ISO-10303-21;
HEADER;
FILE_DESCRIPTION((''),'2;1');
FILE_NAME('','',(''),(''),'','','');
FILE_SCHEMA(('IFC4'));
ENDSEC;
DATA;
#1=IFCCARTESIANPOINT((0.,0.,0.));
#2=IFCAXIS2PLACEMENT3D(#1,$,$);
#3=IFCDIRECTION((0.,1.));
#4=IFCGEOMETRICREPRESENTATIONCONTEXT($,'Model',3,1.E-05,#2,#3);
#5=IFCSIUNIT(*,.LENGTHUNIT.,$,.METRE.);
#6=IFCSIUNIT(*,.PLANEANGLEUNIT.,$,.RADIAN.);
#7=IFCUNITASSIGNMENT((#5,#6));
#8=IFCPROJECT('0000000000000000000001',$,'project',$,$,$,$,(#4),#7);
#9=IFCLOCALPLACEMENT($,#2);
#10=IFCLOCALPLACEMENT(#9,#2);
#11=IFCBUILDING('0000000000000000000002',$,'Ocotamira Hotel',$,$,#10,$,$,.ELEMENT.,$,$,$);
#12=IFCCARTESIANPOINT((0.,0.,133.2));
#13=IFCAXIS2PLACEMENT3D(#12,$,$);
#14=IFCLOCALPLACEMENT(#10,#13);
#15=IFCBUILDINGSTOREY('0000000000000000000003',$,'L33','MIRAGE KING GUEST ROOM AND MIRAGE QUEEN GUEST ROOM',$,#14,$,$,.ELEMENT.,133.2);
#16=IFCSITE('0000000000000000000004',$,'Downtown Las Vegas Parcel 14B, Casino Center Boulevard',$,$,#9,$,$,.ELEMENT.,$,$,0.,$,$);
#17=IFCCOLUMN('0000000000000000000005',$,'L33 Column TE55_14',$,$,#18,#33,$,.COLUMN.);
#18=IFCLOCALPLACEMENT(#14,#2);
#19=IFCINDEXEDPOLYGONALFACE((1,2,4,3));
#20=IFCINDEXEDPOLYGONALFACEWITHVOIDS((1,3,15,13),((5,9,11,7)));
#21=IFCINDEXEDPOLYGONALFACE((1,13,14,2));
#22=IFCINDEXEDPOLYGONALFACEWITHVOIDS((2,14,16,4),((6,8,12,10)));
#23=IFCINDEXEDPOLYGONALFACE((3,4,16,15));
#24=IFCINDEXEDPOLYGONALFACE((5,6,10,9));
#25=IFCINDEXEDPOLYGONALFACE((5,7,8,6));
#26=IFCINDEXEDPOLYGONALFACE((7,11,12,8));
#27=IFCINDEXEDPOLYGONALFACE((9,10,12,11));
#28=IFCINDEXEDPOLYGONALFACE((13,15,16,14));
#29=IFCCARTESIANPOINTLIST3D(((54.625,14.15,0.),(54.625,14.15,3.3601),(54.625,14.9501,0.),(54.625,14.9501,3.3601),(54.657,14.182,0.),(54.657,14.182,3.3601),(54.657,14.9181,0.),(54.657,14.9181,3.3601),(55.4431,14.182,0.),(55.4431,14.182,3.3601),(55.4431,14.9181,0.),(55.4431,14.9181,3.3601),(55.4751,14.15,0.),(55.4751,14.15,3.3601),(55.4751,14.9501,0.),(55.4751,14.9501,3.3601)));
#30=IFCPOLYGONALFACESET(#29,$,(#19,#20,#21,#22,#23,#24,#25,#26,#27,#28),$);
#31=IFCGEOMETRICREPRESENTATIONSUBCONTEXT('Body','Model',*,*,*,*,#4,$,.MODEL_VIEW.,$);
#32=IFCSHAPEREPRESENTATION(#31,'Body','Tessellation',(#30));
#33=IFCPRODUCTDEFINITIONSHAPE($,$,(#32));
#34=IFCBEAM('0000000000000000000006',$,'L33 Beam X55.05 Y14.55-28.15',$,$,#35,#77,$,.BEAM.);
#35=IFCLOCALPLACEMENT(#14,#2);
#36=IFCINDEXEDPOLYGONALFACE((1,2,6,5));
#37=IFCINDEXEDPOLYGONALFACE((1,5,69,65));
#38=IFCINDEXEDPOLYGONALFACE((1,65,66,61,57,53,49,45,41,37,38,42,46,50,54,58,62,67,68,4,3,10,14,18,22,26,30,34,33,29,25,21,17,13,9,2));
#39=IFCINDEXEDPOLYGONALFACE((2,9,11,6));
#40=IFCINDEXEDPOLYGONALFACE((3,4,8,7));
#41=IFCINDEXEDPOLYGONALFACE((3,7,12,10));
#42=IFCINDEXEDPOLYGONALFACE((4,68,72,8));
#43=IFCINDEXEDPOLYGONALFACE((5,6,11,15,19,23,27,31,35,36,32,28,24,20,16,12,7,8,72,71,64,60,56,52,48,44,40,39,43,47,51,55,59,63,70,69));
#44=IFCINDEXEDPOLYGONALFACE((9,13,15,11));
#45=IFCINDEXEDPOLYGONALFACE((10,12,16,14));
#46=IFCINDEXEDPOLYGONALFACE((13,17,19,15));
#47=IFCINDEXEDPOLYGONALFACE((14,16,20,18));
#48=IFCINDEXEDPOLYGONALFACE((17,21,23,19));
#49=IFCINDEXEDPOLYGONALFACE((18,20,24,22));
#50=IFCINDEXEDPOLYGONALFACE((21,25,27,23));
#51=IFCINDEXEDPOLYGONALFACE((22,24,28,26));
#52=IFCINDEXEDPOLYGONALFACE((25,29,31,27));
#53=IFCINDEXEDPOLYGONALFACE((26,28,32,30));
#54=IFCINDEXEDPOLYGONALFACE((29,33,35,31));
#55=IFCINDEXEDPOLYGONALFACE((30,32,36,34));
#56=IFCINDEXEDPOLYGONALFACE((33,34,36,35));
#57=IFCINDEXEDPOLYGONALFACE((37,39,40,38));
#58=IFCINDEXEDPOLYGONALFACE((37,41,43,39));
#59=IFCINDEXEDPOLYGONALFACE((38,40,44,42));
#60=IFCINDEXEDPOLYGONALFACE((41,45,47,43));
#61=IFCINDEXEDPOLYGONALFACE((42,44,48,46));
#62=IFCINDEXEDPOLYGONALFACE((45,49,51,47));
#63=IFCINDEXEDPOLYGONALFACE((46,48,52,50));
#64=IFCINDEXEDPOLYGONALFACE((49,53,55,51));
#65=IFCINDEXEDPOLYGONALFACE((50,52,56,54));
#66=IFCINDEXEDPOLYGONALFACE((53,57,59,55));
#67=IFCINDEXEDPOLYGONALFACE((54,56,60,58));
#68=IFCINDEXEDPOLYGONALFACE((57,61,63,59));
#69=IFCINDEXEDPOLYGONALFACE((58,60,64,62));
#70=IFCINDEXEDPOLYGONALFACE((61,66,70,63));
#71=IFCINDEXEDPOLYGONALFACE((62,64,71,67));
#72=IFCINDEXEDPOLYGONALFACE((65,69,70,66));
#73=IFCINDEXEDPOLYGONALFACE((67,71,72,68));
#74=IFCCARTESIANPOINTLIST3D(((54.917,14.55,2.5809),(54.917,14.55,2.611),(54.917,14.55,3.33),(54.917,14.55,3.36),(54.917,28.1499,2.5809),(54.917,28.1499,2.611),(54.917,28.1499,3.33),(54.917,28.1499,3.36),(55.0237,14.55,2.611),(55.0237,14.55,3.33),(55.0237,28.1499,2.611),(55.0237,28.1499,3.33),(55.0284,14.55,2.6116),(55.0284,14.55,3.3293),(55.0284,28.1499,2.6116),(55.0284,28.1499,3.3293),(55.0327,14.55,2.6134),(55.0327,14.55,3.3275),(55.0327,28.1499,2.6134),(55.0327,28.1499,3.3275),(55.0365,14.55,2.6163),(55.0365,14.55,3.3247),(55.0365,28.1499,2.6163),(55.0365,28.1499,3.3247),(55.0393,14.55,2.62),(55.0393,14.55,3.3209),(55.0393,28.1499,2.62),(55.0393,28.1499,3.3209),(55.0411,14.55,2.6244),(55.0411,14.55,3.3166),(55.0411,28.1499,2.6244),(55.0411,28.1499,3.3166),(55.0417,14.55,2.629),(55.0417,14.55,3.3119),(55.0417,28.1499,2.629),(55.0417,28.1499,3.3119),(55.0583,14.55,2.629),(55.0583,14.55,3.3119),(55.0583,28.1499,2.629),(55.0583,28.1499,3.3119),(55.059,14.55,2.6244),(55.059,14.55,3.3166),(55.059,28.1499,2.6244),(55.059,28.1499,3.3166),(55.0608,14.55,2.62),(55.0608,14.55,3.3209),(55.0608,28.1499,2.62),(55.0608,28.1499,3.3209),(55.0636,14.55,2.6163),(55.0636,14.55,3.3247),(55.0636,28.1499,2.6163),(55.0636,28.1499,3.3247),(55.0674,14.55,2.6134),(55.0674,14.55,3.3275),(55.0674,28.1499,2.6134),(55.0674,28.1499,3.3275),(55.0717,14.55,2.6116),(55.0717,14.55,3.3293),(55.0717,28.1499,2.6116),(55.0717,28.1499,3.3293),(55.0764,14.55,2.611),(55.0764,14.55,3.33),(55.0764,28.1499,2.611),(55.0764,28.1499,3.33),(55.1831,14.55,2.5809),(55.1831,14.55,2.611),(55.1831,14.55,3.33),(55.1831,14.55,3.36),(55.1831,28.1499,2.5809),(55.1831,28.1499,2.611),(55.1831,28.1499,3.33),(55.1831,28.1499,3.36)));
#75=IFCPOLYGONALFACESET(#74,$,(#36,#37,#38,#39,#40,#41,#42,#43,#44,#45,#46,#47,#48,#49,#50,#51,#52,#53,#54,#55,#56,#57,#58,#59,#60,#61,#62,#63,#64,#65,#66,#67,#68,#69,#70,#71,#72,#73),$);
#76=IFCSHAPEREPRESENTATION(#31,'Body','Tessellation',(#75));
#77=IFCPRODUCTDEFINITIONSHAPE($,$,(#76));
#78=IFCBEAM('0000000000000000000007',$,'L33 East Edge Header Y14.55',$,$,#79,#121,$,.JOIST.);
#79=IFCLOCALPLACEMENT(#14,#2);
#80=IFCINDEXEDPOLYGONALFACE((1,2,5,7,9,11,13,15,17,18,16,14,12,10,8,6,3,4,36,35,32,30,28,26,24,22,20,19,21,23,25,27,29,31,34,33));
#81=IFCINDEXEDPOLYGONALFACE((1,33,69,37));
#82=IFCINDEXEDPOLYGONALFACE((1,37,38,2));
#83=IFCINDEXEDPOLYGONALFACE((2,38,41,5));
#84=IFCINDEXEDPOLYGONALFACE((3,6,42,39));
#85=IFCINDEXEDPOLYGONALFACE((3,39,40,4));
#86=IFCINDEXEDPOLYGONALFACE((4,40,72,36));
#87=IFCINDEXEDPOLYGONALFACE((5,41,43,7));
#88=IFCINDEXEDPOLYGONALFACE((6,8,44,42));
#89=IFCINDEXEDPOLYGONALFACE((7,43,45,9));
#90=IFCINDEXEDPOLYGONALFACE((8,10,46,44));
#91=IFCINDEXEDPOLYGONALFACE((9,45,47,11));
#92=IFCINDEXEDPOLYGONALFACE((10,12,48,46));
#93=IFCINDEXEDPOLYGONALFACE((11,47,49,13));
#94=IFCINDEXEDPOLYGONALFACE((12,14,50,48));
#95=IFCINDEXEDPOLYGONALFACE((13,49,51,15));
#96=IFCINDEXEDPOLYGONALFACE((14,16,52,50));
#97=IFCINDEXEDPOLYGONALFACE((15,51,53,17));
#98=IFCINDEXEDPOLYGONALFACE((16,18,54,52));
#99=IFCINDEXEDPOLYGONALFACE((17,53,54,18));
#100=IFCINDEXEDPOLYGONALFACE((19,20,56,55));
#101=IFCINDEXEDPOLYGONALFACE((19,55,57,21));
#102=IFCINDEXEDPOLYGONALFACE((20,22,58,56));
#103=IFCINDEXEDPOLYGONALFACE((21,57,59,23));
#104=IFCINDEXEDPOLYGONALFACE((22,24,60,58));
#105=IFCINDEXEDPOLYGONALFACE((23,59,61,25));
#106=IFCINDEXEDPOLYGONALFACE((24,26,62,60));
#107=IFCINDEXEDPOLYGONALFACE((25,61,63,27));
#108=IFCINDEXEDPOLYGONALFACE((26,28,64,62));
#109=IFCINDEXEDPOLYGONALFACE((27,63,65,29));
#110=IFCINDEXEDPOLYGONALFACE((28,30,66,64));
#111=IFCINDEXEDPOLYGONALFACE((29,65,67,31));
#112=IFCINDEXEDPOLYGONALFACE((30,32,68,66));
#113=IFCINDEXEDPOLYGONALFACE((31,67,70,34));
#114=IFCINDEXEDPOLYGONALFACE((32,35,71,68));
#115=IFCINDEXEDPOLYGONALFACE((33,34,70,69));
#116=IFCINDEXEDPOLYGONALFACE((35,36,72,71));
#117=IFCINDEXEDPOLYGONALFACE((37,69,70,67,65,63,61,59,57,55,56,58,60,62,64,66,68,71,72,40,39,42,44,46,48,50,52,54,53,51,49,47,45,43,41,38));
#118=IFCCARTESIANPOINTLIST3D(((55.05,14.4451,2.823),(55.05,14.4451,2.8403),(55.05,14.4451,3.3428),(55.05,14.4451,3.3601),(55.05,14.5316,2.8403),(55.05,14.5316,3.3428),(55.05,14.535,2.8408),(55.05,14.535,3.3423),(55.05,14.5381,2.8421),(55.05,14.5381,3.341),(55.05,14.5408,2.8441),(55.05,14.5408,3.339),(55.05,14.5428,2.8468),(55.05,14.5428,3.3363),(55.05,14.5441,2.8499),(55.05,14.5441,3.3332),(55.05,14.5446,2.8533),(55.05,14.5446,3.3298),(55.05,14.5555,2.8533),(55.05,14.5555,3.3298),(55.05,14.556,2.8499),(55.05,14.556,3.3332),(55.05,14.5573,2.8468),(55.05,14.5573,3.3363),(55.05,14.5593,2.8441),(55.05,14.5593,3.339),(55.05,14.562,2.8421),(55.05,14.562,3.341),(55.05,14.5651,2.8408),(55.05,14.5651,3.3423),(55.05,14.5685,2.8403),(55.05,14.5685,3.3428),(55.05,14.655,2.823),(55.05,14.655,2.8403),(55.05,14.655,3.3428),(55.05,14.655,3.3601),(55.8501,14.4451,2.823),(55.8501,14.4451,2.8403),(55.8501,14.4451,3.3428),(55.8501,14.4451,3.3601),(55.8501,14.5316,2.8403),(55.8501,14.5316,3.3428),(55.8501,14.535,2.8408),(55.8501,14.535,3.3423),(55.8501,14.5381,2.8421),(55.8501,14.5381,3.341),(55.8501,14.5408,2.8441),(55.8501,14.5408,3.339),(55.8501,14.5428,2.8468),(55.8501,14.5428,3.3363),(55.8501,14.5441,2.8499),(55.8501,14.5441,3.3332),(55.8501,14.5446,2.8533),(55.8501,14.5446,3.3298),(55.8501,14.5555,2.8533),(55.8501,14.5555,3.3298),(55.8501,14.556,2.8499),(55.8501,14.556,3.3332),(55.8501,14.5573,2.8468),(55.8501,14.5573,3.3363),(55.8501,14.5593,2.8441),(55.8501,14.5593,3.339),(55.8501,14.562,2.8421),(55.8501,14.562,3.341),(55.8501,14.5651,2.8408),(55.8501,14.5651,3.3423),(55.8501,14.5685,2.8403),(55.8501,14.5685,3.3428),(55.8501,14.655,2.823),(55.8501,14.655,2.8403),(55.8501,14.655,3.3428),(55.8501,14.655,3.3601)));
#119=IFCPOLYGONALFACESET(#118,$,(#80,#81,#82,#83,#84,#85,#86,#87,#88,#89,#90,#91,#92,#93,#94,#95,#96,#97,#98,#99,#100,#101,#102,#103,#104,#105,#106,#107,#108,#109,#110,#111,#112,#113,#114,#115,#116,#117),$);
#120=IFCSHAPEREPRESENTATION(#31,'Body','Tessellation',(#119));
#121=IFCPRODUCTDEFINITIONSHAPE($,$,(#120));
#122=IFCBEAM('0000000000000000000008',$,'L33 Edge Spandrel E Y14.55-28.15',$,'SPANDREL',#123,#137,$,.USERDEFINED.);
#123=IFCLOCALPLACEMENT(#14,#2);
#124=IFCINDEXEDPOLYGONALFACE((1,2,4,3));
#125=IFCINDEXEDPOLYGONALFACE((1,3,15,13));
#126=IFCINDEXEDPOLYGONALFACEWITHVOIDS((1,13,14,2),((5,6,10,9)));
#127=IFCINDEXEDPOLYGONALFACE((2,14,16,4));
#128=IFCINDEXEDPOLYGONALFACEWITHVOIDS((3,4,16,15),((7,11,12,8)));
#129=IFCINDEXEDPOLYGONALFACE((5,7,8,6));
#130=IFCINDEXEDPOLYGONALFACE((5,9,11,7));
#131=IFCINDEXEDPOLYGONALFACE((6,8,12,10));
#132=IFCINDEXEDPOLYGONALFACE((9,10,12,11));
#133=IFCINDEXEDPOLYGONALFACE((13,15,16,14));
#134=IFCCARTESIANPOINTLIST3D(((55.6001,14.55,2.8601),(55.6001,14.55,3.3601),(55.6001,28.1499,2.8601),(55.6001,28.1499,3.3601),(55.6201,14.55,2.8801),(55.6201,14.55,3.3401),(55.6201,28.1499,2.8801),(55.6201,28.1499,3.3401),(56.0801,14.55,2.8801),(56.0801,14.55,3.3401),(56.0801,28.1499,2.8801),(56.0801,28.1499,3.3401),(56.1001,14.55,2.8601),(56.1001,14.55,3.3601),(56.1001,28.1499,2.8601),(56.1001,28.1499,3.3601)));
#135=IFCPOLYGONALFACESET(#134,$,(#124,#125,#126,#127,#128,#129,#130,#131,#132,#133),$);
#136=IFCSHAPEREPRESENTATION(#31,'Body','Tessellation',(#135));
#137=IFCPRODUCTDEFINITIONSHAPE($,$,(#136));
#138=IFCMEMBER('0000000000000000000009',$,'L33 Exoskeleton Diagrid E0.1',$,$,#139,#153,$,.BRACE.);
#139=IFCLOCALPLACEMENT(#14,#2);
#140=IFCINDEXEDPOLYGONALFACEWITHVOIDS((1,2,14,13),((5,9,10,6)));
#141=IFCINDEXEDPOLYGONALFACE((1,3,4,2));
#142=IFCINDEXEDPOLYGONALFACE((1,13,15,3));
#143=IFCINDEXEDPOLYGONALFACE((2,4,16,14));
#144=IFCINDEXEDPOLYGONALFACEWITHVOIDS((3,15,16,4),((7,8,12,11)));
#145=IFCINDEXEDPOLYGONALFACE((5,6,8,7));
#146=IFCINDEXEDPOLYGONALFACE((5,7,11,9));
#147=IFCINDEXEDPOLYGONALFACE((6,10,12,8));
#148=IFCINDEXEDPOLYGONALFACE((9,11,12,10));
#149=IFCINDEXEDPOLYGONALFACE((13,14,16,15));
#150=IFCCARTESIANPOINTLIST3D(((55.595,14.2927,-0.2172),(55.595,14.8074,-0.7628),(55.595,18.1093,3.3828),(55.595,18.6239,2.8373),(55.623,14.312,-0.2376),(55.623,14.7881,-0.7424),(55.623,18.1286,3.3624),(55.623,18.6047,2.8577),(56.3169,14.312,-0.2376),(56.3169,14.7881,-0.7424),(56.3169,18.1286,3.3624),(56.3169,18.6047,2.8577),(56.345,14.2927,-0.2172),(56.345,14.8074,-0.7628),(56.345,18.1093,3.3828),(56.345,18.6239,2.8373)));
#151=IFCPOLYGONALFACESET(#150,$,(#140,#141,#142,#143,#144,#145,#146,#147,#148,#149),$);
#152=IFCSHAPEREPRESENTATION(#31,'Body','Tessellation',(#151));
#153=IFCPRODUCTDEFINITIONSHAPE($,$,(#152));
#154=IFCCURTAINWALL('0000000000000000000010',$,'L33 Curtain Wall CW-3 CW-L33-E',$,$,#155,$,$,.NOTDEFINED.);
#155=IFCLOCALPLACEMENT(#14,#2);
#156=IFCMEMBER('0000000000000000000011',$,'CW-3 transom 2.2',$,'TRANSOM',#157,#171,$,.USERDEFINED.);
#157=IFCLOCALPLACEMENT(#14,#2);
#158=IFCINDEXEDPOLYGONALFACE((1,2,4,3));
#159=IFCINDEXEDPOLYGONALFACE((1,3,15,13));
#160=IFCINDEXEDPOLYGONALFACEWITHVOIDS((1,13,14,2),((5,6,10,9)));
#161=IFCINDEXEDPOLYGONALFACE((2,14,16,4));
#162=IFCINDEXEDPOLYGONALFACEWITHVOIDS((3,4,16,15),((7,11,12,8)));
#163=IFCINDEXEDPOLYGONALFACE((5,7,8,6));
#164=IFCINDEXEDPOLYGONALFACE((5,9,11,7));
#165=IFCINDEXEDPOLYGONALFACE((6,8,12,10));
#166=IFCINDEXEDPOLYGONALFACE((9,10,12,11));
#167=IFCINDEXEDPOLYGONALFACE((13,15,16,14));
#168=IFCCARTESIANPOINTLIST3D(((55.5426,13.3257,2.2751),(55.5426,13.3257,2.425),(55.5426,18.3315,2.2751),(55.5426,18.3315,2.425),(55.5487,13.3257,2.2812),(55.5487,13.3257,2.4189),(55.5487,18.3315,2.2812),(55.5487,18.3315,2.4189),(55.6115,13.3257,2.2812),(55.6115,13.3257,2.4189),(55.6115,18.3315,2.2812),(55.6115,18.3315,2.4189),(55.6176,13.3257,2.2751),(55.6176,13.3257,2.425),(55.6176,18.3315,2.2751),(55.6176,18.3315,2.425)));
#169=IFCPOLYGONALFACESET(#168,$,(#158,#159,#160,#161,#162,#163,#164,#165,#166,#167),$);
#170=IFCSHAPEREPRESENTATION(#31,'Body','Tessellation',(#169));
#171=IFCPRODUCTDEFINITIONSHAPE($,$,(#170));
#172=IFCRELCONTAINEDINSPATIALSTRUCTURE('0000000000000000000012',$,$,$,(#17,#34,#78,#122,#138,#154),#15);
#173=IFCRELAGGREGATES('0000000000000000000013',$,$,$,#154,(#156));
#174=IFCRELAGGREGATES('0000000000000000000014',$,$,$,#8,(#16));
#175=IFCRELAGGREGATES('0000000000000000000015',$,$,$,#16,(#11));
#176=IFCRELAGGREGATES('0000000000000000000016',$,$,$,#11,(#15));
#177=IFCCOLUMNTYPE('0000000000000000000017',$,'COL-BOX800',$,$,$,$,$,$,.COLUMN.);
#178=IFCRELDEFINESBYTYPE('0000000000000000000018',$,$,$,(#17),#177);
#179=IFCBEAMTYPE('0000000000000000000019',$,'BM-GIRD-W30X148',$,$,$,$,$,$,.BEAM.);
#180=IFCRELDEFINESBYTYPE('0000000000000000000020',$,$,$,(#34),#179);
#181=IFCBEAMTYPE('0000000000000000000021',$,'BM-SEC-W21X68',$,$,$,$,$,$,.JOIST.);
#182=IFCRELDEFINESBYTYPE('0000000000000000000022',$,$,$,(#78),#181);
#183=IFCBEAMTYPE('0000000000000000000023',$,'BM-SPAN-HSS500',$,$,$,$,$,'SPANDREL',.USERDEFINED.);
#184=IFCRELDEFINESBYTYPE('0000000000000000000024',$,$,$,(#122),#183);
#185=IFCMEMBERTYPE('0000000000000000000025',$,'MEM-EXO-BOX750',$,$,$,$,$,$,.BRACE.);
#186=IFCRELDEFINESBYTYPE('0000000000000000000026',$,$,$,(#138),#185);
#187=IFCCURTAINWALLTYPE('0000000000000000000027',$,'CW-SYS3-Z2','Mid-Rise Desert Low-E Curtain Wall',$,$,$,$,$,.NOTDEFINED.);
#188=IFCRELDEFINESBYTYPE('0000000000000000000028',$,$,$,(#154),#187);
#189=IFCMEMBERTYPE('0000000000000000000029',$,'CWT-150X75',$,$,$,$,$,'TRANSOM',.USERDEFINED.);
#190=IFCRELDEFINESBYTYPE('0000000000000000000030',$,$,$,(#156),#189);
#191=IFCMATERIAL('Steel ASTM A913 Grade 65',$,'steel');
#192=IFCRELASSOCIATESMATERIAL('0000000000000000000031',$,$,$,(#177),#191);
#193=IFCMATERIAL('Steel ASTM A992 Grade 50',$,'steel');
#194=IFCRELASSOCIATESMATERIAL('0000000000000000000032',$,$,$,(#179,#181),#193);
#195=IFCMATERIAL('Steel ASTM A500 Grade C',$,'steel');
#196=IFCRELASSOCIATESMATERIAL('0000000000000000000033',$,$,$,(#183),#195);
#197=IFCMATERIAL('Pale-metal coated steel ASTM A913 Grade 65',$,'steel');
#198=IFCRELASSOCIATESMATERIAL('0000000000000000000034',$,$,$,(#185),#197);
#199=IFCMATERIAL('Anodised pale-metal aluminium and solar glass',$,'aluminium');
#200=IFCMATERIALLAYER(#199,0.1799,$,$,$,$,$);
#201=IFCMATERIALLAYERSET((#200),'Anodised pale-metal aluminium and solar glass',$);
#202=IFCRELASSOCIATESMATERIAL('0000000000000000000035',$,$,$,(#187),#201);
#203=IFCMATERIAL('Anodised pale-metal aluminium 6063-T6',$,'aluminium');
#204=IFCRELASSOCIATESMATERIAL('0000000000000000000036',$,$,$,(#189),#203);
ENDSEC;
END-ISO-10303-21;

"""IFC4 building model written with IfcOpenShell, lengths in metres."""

from ifc_helpers import new_model, si_unit, direction, frame, origin, origin_2d, place, context, subcontext, project, spatial, hollow_rectangle, i_section, extrude, source, transform, mapped, material, layer, layer_set, material_profile, profile_set, type_object, element, aggregate, save


model = new_model("IFC4")

# Units and contexts
model_context = context("Model", 3, precision=1e-05, world=origin(), true_north=direction((0.0, 1.0)))
body_context = subcontext(model_context, "Body", "Model", "MODEL_VIEW")
ifc_project = project(units=[si_unit("LENGTHUNIT", "METRE"), si_unit("PLANEANGLEUNIT", "RADIAN")], contexts=[model_context])

# Site, building, storey
site_placement = place(None, origin())
site = spatial("IfcSite", under=ifc_project, at=site_placement, Name="Downtown Las Vegas Parcel 14B, Casino Center Boulevard", CompositionType="ELEMENT", RefElevation=0.0)
building_placement = place(site_placement, origin())
building = spatial("IfcBuilding", under=site, at=building_placement, Name="Ocotamira Hotel", CompositionType="ELEMENT")
storey_placement = place(building_placement, frame((0.0, 0.0, 133.2)))
storey = spatial("IfcBuildingStorey", under=building, at=storey_placement, Name="L33", Description="MIRAGE KING GUEST ROOM AND MIRAGE QUEEN GUEST ROOM", CompositionType="ELEMENT", Elevation=133.2)

# Column
ifc_material_1 = material(Name="Steel ASTM A913 Grade 65", Category="steel")
ifc_material_profile_1 = material_profile(ifc_material_1, hollow_rectangle(XDim=0.8501, YDim=0.8, WallThickness=0.032, at=origin_2d()), Name="BOX800X850X32")
ifc_profile_set_1 = profile_set([ifc_material_profile_1], Name="Steel ASTM A913 Grade 65")
column_type = type_object("IfcColumnType", Name="COL-BOX800", PredefinedType="COLUMN", material=ifc_profile_set_1)
shared_shape_1 = source(origin(), body_context, "Body", "SweptSolid", [
    extrude(hollow_rectangle(XDim=0.8501, YDim=0.8, WallThickness=0.032, at=origin_2d()), origin(), (0.0, 0.0, 1.0), 3.3601),
])
column_placement = place(storey_placement, frame((55.05, 14.55, 0.0), z_axis=(0.0, 0.0, 1.0), x_axis=(1.0, 0.0, 0.0)))
element("IfcColumn", 1, at=column_placement, inside=storey, type_object=column_type, Name="L33 Column TE55_14", PredefinedType="COLUMN", context=body_context, shape_type="MappedRepresentation", body=[
    mapped(shared_shape_1, transform((0.0, 0.0, 0.0), scale=1.0)),
])

# Beams
ifc_material_2 = material(Name="Steel ASTM A992 Grade 50", Category="steel")
ifc_material_profile_2 = material_profile(ifc_material_2, i_section(OverallWidth=0.2661, OverallDepth=0.7791, WebThickness=0.0166, FlangeThickness=0.03, FilletRadius=0.0181, at=origin_2d()), Name="W30X148")
ifc_profile_set_2 = profile_set([ifc_material_profile_2], Name="Steel ASTM A992 Grade 50")
beam_type_1 = type_object("IfcBeamType", Name="BM-GIRD-W30X148", PredefinedType="BEAM", material=ifc_profile_set_2)
shared_shape_2 = source(origin(), body_context, "Body", "SweptSolid", [
    extrude(i_section(OverallWidth=0.2661, OverallDepth=0.7791, WebThickness=0.0166, FlangeThickness=0.03, FilletRadius=0.0181, at=origin_2d()), origin(), (0.0, 0.0, 1.0), 13.5999),
])
beam_1_placement = place(storey_placement, frame((55.05, 14.55, 2.9705), z_axis=(0.0, 1.0, 0.0), x_axis=(-1.0, 0.0, 0.0)))
element("IfcBeam", 2, at=beam_1_placement, inside=storey, type_object=beam_type_1, Name="L33 Beam X55.05 Y14.55-28.15", PredefinedType="BEAM", context=body_context, shape_type="MappedRepresentation", body=[
    mapped(shared_shape_2, transform((0.0, 0.0, 0.0), scale=1.0)),
])
ifc_material_profile_3 = material_profile(ifc_material_2, i_section(OverallWidth=0.21, OverallDepth=0.5371, WebThickness=0.011, FlangeThickness=0.0173, FilletRadius=0.0129, at=origin_2d()), Name="W21X68")
ifc_profile_set_3 = profile_set([ifc_material_profile_3], Name="Steel ASTM A992 Grade 50")
beam_type_2 = type_object("IfcBeamType", Name="BM-SEC-W21X68", PredefinedType="JOIST", material=ifc_profile_set_3)
shared_shape_3 = source(origin(), body_context, "Body", "SweptSolid", [
    extrude(i_section(OverallWidth=0.21, OverallDepth=0.5371, WebThickness=0.011, FlangeThickness=0.0173, FilletRadius=0.0129, at=origin_2d()), origin(), (0.0, 0.0, 1.0), 0.8),
])
beam_2_placement = place(storey_placement, frame((55.05, 14.55, 3.0916), z_axis=(1.0, 0.0, 0.0), x_axis=(0.0, 1.0, 0.0)))
element("IfcBeam", 3, at=beam_2_placement, inside=storey, type_object=beam_type_2, Name="L33 East Edge Header Y14.55", PredefinedType="JOIST", context=body_context, shape_type="MappedRepresentation", body=[
    mapped(shared_shape_3, transform((0.0, 0.0, 0.0), scale=1.0)),
])
ifc_material_3 = material(Name="Steel ASTM A500 Grade C", Category="steel")
ifc_material_profile_4 = material_profile(ifc_material_3, hollow_rectangle(XDim=0.5, YDim=0.5, WallThickness=0.02, at=origin_2d()), Name="HSS500X500X20")
ifc_profile_set_4 = profile_set([ifc_material_profile_4], Name="Steel ASTM A500 Grade C")
beam_type_3 = type_object("IfcBeamType", Name="BM-SPAN-HSS500", ElementType="SPANDREL", PredefinedType="USERDEFINED", material=ifc_profile_set_4)
shared_shape_4 = source(origin(), body_context, "Body", "SweptSolid", [
    extrude(hollow_rectangle(XDim=0.5, YDim=0.5, WallThickness=0.02, at=origin_2d()), origin(), (0.0, 0.0, 1.0), 13.5999),
])
beam_3_placement = place(storey_placement, frame((55.8501, 14.55, 3.1101), z_axis=(0.0, 1.0, 0.0), x_axis=(-1.0, 0.0, 0.0)))
element("IfcBeam", 4, at=beam_3_placement, inside=storey, type_object=beam_type_3, Name="L33 Edge Spandrel E Y14.55-28.15", ObjectType="SPANDREL", PredefinedType="USERDEFINED", context=body_context, shape_type="MappedRepresentation", body=[
    mapped(shared_shape_4, transform((0.0, 0.0, 0.0), scale=1.0)),
])

# Member
ifc_material_4 = material(Name="Pale-metal coated steel ASTM A913 Grade 65", Category="steel")
ifc_material_profile_5 = material_profile(ifc_material_4, hollow_rectangle(XDim=0.75, YDim=0.75, WallThickness=0.0281, at=origin_2d()), Name="BOX750X750X28")
ifc_profile_set_5 = profile_set([ifc_material_profile_5], Name="Pale-metal coated steel ASTM A913 Grade 65")
member_type_1 = type_object("IfcMemberType", Name="MEM-EXO-BOX750", PredefinedType="BRACE", material=ifc_profile_set_5)
shared_shape_5 = source(origin(), body_context, "Body", "SweptSolid", [
    extrude(hollow_rectangle(XDim=0.75, YDim=0.75, WallThickness=0.0281, at=origin_2d()), origin(), (0.0, 0.0, 1.0), 5.2466),
])
member_1_placement = place(storey_placement, frame((55.97, 14.55, -0.49), z_axis=(0.0, 0.727443, 0.686168), x_axis=(-1.0, 0.0, 0.0)))
element("IfcMember", 5, at=member_1_placement, inside=storey, type_object=member_type_1, Name="L33 Exoskeleton Diagrid E0.1", PredefinedType="BRACE", context=body_context, shape_type="MappedRepresentation", body=[
    mapped(shared_shape_5, transform((0.0, 0.0, 0.0), scale=1.0)),
])

# Curtain wall, member
ifc_material_5 = material(Name="Anodised pale-metal aluminium and solar glass", Category="aluminium")
ifc_layer_1 = layer(ifc_material_5, 0.1799)
ifc_layer_set_1 = layer_set([ifc_layer_1], Name="Anodised pale-metal aluminium and solar glass")
curtain_wall_type = type_object("IfcCurtainWallType", Name="CW-SYS3-Z2", Description="Mid-Rise Desert Low-E Curtain Wall", PredefinedType="NOTDEFINED", material=ifc_layer_set_1)
curtain_wall_placement = place(storey_placement, origin())
curtain_wall = element("IfcCurtainWall", 6, at=curtain_wall_placement, inside=storey, type_object=curtain_wall_type, Name="L33 Curtain Wall CW-3 CW-L33-E", PredefinedType="NOTDEFINED")
ifc_material_6 = material(Name="Anodised pale-metal aluminium 6063-T6", Category="aluminium")
ifc_material_profile_6 = material_profile(ifc_material_6, hollow_rectangle(XDim=0.075, YDim=0.1499, WallThickness=0.0061, at=origin_2d()), Name="HSS150X75X6")
ifc_profile_set_6 = profile_set([ifc_material_profile_6], Name="Anodised pale-metal aluminium 6063-T6")
member_type_2 = type_object("IfcMemberType", Name="CWT-150X75", ElementType="TRANSOM", PredefinedType="USERDEFINED", material=ifc_profile_set_6)
shared_shape_6 = source(origin(), body_context, "Body", "SweptSolid", [
    extrude(hollow_rectangle(XDim=0.075, YDim=0.1499, WallThickness=0.0061, at=origin_2d()), origin(), (0.0, 0.0, 1.0), 5.0059),
])
member_2_placement = place(storey_placement, frame((55.5801, 13.3257, 2.3501), z_axis=(0.0, 1.0, 0.0), x_axis=(-1.0, 0.0, 0.0)))
member_2 = element("IfcMember", 7, at=member_2_placement, type_object=member_type_2, Name="CW-3 transom 2.2", ObjectType="TRANSOM", PredefinedType="USERDEFINED", context=body_context, shape_type="MappedRepresentation", body=[
    mapped(shared_shape_6, transform((0.0, 0.0, 0.0), scale=1.0)),
])

aggregate(curtain_wall, [member_2])

save(model, "model.ifc")
